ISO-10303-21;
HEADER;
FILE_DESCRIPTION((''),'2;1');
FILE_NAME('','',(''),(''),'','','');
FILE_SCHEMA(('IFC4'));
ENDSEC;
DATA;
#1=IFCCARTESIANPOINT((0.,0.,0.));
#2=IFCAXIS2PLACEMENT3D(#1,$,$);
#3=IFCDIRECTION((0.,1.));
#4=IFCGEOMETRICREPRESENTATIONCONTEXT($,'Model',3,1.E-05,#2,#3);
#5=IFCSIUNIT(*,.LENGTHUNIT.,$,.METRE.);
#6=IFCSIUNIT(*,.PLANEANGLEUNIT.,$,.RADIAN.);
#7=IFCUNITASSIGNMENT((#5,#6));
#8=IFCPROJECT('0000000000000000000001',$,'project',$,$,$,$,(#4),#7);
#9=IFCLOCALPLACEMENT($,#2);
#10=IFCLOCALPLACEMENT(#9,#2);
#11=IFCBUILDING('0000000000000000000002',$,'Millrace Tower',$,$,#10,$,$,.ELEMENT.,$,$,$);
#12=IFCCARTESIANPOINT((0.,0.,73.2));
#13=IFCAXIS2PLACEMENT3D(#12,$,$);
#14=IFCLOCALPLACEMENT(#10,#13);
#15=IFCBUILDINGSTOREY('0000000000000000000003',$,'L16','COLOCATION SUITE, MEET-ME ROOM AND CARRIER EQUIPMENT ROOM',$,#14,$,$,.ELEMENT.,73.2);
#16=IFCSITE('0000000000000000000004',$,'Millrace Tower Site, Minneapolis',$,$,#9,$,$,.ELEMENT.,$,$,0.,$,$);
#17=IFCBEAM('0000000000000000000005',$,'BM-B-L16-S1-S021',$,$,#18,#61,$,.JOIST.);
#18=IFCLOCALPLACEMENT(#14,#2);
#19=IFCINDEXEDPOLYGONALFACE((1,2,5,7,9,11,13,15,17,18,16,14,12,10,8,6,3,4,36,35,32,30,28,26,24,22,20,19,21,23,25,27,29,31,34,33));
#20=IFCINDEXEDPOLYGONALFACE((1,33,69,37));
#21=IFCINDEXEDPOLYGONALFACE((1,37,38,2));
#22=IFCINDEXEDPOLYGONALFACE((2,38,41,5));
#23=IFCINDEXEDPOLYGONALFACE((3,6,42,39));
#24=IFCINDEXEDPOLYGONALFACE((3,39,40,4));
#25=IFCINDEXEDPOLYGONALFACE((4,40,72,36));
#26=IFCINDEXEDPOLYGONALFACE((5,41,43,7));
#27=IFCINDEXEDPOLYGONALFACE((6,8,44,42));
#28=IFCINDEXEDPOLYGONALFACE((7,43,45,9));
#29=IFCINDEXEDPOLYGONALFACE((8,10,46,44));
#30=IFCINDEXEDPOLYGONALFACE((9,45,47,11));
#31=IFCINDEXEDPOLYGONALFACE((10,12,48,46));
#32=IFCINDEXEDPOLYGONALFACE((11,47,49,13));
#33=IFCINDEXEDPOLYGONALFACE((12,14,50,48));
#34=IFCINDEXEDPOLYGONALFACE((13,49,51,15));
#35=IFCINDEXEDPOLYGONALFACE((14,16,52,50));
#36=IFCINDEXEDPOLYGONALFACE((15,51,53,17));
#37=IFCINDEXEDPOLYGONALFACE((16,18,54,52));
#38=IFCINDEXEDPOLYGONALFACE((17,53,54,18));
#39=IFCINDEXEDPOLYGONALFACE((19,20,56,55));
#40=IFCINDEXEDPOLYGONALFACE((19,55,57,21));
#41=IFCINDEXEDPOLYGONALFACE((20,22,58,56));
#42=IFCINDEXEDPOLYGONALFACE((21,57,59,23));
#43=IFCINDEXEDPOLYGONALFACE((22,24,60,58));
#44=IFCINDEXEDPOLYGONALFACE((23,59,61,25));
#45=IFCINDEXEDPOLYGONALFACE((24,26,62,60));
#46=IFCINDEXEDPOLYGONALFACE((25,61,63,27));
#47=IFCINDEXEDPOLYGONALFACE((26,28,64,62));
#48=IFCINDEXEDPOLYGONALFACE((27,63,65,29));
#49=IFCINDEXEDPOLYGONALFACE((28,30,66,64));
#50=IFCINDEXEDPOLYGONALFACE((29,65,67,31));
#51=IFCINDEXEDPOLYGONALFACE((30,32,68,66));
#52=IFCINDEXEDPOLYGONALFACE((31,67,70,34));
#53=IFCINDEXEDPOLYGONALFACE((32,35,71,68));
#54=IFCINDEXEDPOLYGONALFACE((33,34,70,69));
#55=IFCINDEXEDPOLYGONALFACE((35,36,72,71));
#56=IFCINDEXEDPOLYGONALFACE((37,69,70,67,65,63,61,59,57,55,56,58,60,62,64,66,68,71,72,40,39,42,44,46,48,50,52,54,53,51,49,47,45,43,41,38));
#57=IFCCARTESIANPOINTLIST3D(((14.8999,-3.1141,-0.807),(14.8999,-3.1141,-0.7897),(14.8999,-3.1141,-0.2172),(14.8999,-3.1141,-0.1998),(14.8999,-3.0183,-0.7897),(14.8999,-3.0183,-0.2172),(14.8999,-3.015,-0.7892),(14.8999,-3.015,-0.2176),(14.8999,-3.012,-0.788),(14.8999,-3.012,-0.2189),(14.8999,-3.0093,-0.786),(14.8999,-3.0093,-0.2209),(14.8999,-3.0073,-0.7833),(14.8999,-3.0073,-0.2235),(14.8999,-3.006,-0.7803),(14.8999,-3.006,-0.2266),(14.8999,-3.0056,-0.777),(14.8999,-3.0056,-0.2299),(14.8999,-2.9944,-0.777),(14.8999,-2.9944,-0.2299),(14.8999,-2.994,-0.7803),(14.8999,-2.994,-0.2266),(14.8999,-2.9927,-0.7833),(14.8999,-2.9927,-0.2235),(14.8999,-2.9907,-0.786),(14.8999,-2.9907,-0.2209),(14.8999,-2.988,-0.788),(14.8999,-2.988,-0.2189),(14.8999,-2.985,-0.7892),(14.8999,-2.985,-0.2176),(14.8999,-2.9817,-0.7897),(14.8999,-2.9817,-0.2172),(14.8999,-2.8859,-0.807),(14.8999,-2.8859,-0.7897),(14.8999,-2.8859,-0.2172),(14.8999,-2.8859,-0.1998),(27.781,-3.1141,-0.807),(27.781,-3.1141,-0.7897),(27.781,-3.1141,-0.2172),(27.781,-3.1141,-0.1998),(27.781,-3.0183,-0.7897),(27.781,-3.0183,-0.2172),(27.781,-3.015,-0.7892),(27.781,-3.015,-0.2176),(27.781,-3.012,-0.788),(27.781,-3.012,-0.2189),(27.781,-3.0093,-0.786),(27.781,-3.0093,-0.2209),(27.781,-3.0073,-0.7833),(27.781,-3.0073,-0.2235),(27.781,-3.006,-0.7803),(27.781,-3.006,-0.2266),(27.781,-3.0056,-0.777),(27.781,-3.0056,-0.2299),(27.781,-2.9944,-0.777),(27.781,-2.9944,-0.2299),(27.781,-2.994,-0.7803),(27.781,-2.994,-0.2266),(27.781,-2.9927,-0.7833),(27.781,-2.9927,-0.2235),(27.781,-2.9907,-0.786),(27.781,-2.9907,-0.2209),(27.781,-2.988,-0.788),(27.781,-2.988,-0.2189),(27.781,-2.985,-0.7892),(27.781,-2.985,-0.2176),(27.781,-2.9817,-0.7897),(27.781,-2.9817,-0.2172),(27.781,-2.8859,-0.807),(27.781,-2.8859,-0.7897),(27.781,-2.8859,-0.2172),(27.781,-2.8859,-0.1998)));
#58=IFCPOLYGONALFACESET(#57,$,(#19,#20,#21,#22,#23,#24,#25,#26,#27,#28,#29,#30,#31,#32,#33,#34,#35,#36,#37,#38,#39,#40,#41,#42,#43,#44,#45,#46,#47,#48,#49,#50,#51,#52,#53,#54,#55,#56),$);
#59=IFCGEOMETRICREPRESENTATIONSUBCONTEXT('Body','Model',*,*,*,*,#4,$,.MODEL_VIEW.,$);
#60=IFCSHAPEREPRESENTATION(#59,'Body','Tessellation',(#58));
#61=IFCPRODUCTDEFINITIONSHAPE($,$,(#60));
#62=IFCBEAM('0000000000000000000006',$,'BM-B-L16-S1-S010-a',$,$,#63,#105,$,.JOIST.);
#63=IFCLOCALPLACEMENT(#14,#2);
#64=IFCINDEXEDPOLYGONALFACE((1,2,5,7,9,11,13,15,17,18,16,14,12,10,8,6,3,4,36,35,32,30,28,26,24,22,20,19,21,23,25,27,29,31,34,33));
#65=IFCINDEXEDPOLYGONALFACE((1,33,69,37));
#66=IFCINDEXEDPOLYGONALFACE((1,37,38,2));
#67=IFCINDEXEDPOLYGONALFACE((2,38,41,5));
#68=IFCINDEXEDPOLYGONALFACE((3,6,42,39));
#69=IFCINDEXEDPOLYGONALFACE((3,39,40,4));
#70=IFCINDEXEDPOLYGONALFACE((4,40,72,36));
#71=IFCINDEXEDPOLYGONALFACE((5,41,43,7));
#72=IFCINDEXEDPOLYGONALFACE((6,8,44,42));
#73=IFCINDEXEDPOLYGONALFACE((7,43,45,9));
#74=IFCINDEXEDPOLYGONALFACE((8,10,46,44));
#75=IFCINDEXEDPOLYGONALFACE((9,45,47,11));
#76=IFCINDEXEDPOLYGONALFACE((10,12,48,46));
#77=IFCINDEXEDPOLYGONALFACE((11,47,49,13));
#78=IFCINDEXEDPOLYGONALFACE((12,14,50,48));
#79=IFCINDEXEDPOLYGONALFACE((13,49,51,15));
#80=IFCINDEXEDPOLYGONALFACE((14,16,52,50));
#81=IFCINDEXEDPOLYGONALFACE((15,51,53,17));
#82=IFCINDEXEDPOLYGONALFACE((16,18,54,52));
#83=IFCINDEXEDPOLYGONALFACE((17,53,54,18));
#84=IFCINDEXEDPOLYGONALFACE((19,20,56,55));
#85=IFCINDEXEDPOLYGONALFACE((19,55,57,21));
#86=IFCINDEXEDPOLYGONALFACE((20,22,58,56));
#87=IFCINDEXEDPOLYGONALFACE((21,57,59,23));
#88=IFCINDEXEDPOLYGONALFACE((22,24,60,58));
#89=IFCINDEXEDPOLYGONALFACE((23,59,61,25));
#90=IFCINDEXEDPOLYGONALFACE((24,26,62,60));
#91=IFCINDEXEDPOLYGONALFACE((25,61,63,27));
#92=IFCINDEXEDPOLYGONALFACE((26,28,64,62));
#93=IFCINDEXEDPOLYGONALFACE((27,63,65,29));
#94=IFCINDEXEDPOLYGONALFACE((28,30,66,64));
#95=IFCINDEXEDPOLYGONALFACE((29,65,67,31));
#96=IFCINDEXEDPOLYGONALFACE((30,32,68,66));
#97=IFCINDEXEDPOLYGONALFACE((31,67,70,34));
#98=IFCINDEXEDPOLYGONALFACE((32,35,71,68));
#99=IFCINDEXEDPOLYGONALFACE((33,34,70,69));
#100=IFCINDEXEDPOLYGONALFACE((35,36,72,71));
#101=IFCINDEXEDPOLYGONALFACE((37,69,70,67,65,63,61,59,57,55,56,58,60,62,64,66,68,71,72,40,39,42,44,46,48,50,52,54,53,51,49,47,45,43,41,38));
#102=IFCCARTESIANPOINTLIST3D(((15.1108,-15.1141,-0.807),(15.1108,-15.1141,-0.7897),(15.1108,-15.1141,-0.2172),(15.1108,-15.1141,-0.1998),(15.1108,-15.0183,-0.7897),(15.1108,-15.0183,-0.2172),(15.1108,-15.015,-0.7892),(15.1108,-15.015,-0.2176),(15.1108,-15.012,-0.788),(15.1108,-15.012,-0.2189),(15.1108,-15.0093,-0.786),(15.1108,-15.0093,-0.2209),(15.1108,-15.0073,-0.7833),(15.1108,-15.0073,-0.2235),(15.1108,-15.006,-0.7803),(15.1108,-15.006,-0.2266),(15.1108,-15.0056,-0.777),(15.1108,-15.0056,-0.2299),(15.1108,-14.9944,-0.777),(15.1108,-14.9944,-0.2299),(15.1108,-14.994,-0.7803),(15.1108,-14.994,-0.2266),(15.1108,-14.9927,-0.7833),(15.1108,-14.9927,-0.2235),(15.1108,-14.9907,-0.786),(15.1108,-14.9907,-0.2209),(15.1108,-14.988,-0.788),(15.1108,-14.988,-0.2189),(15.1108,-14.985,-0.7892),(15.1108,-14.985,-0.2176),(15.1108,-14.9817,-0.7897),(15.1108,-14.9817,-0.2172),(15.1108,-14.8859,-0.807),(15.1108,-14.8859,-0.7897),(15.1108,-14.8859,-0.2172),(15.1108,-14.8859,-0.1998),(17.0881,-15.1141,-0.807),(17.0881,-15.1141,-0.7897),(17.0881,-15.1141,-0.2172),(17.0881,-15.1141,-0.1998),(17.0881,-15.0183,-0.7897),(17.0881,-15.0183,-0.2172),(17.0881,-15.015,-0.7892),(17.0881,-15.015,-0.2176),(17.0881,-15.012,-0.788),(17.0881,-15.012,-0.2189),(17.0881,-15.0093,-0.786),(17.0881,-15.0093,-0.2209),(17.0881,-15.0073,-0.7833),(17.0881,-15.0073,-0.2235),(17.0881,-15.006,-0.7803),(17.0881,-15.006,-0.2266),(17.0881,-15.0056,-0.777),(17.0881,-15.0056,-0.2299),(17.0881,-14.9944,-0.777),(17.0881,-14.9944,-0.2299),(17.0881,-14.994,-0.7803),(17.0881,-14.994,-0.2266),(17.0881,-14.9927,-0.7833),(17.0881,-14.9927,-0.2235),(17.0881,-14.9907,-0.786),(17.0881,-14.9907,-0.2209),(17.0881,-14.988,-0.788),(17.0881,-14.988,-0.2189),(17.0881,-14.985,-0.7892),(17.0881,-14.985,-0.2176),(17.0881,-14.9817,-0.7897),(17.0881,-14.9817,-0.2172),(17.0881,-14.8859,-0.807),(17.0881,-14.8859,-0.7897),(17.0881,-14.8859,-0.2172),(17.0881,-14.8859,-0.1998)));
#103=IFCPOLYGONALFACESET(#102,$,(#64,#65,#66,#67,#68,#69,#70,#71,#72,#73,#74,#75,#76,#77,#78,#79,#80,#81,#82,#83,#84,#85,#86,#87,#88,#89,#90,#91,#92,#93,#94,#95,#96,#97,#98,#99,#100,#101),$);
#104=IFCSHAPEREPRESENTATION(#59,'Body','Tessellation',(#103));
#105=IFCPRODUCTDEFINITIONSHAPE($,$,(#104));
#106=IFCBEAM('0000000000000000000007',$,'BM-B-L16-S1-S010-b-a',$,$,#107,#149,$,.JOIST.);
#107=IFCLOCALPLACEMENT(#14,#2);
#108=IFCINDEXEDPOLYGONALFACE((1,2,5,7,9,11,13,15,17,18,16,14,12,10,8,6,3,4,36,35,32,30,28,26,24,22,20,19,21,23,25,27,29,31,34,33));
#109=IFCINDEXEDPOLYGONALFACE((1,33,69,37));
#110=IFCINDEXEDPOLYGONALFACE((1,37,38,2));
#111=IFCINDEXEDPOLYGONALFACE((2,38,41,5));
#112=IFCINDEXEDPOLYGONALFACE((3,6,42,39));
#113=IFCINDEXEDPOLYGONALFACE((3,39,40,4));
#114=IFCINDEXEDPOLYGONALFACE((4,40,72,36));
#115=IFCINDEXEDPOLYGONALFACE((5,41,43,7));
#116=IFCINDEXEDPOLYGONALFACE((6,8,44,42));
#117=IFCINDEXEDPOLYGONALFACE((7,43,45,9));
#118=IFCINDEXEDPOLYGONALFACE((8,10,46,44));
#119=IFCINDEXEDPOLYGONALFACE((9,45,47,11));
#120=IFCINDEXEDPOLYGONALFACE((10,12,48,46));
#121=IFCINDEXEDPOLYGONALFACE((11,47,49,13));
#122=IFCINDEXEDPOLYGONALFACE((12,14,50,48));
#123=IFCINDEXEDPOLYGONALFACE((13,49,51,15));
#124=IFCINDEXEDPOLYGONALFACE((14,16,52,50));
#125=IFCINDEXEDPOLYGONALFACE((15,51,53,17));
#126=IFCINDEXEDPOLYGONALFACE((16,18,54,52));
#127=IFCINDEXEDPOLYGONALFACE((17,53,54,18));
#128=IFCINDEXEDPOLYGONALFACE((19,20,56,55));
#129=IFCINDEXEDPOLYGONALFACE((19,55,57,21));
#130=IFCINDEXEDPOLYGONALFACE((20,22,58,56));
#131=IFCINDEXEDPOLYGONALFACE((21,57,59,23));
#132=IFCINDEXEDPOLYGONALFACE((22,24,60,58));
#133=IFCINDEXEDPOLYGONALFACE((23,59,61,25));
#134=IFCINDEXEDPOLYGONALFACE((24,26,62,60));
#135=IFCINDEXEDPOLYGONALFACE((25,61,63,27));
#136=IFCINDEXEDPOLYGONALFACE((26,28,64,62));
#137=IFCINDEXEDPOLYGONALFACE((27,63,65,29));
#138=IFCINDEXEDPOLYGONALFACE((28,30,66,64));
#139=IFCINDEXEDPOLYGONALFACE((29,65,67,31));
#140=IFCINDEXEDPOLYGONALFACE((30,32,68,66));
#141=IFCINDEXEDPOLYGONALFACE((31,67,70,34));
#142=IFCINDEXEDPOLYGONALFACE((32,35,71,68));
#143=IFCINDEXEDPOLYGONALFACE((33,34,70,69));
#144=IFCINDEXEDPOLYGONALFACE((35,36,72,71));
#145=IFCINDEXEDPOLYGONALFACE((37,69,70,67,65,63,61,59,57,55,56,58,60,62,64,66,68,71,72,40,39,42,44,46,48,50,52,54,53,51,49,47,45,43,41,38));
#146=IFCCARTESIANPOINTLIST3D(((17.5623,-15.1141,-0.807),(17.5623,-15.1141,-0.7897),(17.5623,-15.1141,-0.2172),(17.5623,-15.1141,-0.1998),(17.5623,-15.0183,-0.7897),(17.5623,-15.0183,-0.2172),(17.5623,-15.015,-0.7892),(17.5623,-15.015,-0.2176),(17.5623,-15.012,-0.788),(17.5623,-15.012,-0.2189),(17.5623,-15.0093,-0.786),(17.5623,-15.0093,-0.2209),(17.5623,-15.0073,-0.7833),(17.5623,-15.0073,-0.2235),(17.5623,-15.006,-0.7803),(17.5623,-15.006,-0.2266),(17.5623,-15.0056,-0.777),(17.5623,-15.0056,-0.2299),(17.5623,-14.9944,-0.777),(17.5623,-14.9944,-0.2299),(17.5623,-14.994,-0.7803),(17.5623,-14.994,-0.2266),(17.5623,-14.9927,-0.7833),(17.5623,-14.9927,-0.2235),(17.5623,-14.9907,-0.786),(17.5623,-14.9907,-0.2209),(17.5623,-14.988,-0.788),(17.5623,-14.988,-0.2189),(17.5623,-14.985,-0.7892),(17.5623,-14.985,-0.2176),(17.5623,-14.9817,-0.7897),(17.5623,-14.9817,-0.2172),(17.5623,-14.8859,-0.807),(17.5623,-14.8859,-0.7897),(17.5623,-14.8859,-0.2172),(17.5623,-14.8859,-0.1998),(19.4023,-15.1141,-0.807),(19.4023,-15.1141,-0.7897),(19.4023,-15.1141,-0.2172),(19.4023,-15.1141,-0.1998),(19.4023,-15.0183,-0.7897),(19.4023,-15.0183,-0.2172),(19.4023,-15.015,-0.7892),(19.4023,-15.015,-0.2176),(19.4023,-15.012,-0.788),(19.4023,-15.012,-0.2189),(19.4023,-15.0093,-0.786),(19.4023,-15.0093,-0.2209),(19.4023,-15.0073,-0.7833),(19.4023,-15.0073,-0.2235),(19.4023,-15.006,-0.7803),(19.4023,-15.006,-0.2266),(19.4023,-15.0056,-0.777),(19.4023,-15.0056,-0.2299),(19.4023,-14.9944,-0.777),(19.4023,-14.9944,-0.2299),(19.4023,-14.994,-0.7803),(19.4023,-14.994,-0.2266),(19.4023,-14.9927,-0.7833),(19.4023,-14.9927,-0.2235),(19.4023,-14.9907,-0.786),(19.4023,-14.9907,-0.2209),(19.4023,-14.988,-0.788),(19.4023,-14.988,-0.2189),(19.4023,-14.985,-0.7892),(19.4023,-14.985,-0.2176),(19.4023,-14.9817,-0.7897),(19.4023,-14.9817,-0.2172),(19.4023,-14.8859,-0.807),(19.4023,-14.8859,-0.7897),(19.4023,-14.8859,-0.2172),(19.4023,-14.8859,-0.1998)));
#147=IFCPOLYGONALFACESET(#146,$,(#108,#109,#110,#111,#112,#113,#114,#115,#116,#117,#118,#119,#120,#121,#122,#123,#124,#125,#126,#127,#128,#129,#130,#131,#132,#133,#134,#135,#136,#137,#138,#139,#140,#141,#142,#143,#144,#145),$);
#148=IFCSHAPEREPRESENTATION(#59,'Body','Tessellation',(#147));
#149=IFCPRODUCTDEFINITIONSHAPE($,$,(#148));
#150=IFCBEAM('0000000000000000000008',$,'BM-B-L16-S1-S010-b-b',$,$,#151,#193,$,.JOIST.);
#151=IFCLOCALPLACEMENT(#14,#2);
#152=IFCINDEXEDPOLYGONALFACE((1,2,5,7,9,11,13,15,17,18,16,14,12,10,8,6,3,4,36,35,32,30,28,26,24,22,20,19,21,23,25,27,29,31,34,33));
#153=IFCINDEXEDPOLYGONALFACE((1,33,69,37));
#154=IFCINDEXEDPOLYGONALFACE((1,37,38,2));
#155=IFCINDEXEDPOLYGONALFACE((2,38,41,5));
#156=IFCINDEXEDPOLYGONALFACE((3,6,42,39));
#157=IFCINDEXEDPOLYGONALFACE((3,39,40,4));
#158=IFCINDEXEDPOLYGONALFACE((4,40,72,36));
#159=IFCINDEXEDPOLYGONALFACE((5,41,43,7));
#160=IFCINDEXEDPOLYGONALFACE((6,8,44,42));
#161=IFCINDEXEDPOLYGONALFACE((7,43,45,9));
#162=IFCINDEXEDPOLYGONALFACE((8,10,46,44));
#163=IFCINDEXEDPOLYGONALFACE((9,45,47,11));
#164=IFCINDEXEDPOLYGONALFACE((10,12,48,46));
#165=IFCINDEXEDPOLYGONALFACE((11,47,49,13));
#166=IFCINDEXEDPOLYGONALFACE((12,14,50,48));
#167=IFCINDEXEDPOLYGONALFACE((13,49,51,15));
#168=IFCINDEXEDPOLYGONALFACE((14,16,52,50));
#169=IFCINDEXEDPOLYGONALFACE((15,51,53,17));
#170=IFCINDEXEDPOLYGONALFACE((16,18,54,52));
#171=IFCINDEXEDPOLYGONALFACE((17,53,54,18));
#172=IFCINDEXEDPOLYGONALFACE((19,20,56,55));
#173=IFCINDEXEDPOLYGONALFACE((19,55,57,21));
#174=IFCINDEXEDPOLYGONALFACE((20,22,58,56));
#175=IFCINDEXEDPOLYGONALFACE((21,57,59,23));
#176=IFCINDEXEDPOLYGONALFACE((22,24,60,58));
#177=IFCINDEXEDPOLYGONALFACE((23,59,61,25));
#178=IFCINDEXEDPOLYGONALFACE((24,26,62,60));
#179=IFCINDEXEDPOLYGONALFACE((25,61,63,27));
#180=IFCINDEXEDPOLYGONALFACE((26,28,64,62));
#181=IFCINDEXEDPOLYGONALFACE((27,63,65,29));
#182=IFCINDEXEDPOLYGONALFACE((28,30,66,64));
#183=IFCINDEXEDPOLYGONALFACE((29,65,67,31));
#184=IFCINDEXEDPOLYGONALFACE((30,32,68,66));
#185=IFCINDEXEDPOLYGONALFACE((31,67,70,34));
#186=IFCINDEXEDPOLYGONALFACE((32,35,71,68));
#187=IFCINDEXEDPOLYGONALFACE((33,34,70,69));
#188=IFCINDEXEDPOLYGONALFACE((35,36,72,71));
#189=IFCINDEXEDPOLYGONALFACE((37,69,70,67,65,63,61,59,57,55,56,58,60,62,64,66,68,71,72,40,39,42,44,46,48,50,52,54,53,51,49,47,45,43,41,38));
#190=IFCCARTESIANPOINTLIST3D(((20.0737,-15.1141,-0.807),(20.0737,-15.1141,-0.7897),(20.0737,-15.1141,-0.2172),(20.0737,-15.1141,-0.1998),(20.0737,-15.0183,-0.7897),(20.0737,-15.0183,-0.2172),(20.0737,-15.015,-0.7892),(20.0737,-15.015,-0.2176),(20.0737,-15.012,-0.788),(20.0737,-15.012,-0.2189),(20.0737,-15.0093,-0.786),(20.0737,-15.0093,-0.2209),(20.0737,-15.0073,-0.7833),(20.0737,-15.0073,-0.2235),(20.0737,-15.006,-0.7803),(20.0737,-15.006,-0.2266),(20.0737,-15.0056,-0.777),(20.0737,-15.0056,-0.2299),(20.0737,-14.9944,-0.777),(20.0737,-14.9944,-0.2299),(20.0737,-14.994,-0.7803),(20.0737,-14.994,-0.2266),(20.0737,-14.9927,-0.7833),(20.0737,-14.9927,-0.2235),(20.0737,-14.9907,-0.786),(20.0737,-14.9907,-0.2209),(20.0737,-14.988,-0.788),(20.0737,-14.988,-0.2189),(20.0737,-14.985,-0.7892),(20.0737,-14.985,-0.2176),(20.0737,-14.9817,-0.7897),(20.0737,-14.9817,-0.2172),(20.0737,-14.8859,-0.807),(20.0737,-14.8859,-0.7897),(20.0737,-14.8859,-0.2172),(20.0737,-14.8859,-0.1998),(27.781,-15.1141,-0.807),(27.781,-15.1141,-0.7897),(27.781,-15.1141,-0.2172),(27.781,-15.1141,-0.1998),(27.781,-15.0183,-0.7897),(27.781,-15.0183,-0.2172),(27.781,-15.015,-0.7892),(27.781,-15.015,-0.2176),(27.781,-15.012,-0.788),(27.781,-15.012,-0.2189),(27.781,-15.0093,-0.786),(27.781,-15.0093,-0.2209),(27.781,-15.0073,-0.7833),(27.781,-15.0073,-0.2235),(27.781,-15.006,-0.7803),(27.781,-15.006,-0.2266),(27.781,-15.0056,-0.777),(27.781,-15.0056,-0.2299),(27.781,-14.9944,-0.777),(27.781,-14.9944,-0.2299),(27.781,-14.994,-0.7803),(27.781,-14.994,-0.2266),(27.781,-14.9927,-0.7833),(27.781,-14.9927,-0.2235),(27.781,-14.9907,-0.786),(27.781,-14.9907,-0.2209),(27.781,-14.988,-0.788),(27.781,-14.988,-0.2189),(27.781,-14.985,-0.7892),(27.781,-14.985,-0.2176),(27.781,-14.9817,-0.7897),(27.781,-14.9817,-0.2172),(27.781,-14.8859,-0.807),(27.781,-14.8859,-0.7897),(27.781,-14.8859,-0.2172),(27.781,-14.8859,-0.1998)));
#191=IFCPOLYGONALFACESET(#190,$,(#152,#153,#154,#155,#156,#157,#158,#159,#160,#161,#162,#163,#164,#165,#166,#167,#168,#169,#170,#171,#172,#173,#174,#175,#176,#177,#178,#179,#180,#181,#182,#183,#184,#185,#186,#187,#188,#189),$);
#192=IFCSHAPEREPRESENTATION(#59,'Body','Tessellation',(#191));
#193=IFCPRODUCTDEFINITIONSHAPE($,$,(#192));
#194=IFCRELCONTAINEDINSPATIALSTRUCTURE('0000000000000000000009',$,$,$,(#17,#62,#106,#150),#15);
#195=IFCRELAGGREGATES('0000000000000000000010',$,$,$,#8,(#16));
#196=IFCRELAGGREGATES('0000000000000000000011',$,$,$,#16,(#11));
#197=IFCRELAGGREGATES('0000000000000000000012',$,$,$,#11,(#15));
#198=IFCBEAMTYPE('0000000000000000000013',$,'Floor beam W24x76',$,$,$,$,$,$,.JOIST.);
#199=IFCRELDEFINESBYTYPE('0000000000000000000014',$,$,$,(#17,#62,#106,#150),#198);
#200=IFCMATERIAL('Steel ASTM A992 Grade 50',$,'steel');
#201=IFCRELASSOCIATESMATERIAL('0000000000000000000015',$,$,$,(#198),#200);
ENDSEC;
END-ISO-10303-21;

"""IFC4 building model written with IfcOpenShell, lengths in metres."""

from ifc_helpers import new_model, si_unit, direction, frame, origin, origin_2d, place, context, subcontext, project, spatial, i_section, extrude, material, material_profile, profile_set, type_object, element, save


model = new_model("IFC4")

# Units and contexts
model_context = context("Model", 3, precision=1e-05, world=origin(), true_north=direction((0.0, 1.0)))
body_context = subcontext(model_context, "Body", "Model", "MODEL_VIEW")
ifc_project = project(units=[si_unit("LENGTHUNIT", "METRE"), si_unit("PLANEANGLEUNIT", "RADIAN")], contexts=[model_context])

# Site, building, storey
site_placement = place(None, origin())
site = spatial("IfcSite", under=ifc_project, at=site_placement, Name="Millrace Tower Site, Minneapolis", CompositionType="ELEMENT", RefElevation=0.0)
building_placement = place(site_placement, origin())
building = spatial("IfcBuilding", under=site, at=building_placement, Name="Millrace Tower", CompositionType="ELEMENT")
storey_placement = place(building_placement, frame((0.0, 0.0, 73.2)))
storey = spatial("IfcBuildingStorey", under=building, at=storey_placement, Name="L16", Description="COLOCATION SUITE, MEET-ME ROOM AND CARRIER EQUIPMENT ROOM", CompositionType="ELEMENT", Elevation=73.2)

# Beams
ifc_material_1 = material(Name="Steel ASTM A992 Grade 50", Category="steel")
ifc_material_profile_1 = material_profile(ifc_material_1, i_section(OverallWidth=0.2283, OverallDepth=0.6072, WebThickness=0.0112, FlangeThickness=0.0173, FilletRadius=0.0127, at=origin_2d()))
ifc_profile_set_1 = profile_set([ifc_material_profile_1], Name="Steel ASTM A992 Grade 50")
beam_type_1 = type_object("IfcBeamType", Name="Floor beam W24x76", PredefinedType="JOIST", material=ifc_profile_set_1)
for number, where, z_axis, x_axis, name in (
    (1, (14.8999, -3.0, -0.5034), (1.0, 0.0, 0.0), (0.0, 1.0, 0.0), "BM-B-L16-S1-S021"),
):
    element("IfcBeam", number, at=place(storey_placement, frame(where, z_axis=z_axis, x_axis=x_axis)), inside=storey, type_object=beam_type_1, Name=name, PredefinedType="JOIST", context=body_context, shape_type="SweptSolid", body=[
        extrude(i_section(OverallWidth=0.2283, OverallDepth=0.6072, WebThickness=0.0112, FlangeThickness=0.0173, FilletRadius=0.0127, at=origin_2d()), origin(), (0.0, 0.0, 1.0), 12.8811),
    ])
beam_1_placement = place(storey_placement, frame((15.1108, -15.0, -0.5034), z_axis=(1.0, 0.0, 0.0), x_axis=(0.0, 1.0, 0.0)))
element("IfcBeam", 2, at=beam_1_placement, inside=storey, type_object=beam_type_1, Name="BM-B-L16-S1-S010-a", PredefinedType="JOIST", context=body_context, shape_type="SweptSolid", body=[
    extrude(i_section(OverallWidth=0.2283, OverallDepth=0.6072, WebThickness=0.0112, FlangeThickness=0.0173, FilletRadius=0.0127, at=origin_2d()), origin(), (0.0, 0.0, 1.0), 1.9773),
])
beam_2_placement = place(storey_placement, frame((17.5623, -15.0, -0.5034), z_axis=(1.0, 0.0, 0.0), x_axis=(0.0, 1.0, 0.0)))
element("IfcBeam", 3, at=beam_2_placement, inside=storey, type_object=beam_type_1, Name="BM-B-L16-S1-S010-b-a", PredefinedType="JOIST", context=body_context, shape_type="SweptSolid", body=[
    extrude(i_section(OverallWidth=0.2283, OverallDepth=0.6072, WebThickness=0.0112, FlangeThickness=0.0173, FilletRadius=0.0127, at=origin_2d()), origin(), (0.0, 0.0, 1.0), 1.8401),
])
beam_3_placement = place(storey_placement, frame((20.0737, -15.0, -0.5034), z_axis=(1.0, 0.0, 0.0), x_axis=(0.0, 1.0, 0.0)))
element("IfcBeam", 4, at=beam_3_placement, inside=storey, type_object=beam_type_1, Name="BM-B-L16-S1-S010-b-b", PredefinedType="JOIST", context=body_context, shape_type="SweptSolid", body=[
    extrude(i_section(OverallWidth=0.2283, OverallDepth=0.6072, WebThickness=0.0112, FlangeThickness=0.0173, FilletRadius=0.0127, at=origin_2d()), origin(), (0.0, 0.0, 1.0), 7.7073),
])

save(model, "model.ifc")
